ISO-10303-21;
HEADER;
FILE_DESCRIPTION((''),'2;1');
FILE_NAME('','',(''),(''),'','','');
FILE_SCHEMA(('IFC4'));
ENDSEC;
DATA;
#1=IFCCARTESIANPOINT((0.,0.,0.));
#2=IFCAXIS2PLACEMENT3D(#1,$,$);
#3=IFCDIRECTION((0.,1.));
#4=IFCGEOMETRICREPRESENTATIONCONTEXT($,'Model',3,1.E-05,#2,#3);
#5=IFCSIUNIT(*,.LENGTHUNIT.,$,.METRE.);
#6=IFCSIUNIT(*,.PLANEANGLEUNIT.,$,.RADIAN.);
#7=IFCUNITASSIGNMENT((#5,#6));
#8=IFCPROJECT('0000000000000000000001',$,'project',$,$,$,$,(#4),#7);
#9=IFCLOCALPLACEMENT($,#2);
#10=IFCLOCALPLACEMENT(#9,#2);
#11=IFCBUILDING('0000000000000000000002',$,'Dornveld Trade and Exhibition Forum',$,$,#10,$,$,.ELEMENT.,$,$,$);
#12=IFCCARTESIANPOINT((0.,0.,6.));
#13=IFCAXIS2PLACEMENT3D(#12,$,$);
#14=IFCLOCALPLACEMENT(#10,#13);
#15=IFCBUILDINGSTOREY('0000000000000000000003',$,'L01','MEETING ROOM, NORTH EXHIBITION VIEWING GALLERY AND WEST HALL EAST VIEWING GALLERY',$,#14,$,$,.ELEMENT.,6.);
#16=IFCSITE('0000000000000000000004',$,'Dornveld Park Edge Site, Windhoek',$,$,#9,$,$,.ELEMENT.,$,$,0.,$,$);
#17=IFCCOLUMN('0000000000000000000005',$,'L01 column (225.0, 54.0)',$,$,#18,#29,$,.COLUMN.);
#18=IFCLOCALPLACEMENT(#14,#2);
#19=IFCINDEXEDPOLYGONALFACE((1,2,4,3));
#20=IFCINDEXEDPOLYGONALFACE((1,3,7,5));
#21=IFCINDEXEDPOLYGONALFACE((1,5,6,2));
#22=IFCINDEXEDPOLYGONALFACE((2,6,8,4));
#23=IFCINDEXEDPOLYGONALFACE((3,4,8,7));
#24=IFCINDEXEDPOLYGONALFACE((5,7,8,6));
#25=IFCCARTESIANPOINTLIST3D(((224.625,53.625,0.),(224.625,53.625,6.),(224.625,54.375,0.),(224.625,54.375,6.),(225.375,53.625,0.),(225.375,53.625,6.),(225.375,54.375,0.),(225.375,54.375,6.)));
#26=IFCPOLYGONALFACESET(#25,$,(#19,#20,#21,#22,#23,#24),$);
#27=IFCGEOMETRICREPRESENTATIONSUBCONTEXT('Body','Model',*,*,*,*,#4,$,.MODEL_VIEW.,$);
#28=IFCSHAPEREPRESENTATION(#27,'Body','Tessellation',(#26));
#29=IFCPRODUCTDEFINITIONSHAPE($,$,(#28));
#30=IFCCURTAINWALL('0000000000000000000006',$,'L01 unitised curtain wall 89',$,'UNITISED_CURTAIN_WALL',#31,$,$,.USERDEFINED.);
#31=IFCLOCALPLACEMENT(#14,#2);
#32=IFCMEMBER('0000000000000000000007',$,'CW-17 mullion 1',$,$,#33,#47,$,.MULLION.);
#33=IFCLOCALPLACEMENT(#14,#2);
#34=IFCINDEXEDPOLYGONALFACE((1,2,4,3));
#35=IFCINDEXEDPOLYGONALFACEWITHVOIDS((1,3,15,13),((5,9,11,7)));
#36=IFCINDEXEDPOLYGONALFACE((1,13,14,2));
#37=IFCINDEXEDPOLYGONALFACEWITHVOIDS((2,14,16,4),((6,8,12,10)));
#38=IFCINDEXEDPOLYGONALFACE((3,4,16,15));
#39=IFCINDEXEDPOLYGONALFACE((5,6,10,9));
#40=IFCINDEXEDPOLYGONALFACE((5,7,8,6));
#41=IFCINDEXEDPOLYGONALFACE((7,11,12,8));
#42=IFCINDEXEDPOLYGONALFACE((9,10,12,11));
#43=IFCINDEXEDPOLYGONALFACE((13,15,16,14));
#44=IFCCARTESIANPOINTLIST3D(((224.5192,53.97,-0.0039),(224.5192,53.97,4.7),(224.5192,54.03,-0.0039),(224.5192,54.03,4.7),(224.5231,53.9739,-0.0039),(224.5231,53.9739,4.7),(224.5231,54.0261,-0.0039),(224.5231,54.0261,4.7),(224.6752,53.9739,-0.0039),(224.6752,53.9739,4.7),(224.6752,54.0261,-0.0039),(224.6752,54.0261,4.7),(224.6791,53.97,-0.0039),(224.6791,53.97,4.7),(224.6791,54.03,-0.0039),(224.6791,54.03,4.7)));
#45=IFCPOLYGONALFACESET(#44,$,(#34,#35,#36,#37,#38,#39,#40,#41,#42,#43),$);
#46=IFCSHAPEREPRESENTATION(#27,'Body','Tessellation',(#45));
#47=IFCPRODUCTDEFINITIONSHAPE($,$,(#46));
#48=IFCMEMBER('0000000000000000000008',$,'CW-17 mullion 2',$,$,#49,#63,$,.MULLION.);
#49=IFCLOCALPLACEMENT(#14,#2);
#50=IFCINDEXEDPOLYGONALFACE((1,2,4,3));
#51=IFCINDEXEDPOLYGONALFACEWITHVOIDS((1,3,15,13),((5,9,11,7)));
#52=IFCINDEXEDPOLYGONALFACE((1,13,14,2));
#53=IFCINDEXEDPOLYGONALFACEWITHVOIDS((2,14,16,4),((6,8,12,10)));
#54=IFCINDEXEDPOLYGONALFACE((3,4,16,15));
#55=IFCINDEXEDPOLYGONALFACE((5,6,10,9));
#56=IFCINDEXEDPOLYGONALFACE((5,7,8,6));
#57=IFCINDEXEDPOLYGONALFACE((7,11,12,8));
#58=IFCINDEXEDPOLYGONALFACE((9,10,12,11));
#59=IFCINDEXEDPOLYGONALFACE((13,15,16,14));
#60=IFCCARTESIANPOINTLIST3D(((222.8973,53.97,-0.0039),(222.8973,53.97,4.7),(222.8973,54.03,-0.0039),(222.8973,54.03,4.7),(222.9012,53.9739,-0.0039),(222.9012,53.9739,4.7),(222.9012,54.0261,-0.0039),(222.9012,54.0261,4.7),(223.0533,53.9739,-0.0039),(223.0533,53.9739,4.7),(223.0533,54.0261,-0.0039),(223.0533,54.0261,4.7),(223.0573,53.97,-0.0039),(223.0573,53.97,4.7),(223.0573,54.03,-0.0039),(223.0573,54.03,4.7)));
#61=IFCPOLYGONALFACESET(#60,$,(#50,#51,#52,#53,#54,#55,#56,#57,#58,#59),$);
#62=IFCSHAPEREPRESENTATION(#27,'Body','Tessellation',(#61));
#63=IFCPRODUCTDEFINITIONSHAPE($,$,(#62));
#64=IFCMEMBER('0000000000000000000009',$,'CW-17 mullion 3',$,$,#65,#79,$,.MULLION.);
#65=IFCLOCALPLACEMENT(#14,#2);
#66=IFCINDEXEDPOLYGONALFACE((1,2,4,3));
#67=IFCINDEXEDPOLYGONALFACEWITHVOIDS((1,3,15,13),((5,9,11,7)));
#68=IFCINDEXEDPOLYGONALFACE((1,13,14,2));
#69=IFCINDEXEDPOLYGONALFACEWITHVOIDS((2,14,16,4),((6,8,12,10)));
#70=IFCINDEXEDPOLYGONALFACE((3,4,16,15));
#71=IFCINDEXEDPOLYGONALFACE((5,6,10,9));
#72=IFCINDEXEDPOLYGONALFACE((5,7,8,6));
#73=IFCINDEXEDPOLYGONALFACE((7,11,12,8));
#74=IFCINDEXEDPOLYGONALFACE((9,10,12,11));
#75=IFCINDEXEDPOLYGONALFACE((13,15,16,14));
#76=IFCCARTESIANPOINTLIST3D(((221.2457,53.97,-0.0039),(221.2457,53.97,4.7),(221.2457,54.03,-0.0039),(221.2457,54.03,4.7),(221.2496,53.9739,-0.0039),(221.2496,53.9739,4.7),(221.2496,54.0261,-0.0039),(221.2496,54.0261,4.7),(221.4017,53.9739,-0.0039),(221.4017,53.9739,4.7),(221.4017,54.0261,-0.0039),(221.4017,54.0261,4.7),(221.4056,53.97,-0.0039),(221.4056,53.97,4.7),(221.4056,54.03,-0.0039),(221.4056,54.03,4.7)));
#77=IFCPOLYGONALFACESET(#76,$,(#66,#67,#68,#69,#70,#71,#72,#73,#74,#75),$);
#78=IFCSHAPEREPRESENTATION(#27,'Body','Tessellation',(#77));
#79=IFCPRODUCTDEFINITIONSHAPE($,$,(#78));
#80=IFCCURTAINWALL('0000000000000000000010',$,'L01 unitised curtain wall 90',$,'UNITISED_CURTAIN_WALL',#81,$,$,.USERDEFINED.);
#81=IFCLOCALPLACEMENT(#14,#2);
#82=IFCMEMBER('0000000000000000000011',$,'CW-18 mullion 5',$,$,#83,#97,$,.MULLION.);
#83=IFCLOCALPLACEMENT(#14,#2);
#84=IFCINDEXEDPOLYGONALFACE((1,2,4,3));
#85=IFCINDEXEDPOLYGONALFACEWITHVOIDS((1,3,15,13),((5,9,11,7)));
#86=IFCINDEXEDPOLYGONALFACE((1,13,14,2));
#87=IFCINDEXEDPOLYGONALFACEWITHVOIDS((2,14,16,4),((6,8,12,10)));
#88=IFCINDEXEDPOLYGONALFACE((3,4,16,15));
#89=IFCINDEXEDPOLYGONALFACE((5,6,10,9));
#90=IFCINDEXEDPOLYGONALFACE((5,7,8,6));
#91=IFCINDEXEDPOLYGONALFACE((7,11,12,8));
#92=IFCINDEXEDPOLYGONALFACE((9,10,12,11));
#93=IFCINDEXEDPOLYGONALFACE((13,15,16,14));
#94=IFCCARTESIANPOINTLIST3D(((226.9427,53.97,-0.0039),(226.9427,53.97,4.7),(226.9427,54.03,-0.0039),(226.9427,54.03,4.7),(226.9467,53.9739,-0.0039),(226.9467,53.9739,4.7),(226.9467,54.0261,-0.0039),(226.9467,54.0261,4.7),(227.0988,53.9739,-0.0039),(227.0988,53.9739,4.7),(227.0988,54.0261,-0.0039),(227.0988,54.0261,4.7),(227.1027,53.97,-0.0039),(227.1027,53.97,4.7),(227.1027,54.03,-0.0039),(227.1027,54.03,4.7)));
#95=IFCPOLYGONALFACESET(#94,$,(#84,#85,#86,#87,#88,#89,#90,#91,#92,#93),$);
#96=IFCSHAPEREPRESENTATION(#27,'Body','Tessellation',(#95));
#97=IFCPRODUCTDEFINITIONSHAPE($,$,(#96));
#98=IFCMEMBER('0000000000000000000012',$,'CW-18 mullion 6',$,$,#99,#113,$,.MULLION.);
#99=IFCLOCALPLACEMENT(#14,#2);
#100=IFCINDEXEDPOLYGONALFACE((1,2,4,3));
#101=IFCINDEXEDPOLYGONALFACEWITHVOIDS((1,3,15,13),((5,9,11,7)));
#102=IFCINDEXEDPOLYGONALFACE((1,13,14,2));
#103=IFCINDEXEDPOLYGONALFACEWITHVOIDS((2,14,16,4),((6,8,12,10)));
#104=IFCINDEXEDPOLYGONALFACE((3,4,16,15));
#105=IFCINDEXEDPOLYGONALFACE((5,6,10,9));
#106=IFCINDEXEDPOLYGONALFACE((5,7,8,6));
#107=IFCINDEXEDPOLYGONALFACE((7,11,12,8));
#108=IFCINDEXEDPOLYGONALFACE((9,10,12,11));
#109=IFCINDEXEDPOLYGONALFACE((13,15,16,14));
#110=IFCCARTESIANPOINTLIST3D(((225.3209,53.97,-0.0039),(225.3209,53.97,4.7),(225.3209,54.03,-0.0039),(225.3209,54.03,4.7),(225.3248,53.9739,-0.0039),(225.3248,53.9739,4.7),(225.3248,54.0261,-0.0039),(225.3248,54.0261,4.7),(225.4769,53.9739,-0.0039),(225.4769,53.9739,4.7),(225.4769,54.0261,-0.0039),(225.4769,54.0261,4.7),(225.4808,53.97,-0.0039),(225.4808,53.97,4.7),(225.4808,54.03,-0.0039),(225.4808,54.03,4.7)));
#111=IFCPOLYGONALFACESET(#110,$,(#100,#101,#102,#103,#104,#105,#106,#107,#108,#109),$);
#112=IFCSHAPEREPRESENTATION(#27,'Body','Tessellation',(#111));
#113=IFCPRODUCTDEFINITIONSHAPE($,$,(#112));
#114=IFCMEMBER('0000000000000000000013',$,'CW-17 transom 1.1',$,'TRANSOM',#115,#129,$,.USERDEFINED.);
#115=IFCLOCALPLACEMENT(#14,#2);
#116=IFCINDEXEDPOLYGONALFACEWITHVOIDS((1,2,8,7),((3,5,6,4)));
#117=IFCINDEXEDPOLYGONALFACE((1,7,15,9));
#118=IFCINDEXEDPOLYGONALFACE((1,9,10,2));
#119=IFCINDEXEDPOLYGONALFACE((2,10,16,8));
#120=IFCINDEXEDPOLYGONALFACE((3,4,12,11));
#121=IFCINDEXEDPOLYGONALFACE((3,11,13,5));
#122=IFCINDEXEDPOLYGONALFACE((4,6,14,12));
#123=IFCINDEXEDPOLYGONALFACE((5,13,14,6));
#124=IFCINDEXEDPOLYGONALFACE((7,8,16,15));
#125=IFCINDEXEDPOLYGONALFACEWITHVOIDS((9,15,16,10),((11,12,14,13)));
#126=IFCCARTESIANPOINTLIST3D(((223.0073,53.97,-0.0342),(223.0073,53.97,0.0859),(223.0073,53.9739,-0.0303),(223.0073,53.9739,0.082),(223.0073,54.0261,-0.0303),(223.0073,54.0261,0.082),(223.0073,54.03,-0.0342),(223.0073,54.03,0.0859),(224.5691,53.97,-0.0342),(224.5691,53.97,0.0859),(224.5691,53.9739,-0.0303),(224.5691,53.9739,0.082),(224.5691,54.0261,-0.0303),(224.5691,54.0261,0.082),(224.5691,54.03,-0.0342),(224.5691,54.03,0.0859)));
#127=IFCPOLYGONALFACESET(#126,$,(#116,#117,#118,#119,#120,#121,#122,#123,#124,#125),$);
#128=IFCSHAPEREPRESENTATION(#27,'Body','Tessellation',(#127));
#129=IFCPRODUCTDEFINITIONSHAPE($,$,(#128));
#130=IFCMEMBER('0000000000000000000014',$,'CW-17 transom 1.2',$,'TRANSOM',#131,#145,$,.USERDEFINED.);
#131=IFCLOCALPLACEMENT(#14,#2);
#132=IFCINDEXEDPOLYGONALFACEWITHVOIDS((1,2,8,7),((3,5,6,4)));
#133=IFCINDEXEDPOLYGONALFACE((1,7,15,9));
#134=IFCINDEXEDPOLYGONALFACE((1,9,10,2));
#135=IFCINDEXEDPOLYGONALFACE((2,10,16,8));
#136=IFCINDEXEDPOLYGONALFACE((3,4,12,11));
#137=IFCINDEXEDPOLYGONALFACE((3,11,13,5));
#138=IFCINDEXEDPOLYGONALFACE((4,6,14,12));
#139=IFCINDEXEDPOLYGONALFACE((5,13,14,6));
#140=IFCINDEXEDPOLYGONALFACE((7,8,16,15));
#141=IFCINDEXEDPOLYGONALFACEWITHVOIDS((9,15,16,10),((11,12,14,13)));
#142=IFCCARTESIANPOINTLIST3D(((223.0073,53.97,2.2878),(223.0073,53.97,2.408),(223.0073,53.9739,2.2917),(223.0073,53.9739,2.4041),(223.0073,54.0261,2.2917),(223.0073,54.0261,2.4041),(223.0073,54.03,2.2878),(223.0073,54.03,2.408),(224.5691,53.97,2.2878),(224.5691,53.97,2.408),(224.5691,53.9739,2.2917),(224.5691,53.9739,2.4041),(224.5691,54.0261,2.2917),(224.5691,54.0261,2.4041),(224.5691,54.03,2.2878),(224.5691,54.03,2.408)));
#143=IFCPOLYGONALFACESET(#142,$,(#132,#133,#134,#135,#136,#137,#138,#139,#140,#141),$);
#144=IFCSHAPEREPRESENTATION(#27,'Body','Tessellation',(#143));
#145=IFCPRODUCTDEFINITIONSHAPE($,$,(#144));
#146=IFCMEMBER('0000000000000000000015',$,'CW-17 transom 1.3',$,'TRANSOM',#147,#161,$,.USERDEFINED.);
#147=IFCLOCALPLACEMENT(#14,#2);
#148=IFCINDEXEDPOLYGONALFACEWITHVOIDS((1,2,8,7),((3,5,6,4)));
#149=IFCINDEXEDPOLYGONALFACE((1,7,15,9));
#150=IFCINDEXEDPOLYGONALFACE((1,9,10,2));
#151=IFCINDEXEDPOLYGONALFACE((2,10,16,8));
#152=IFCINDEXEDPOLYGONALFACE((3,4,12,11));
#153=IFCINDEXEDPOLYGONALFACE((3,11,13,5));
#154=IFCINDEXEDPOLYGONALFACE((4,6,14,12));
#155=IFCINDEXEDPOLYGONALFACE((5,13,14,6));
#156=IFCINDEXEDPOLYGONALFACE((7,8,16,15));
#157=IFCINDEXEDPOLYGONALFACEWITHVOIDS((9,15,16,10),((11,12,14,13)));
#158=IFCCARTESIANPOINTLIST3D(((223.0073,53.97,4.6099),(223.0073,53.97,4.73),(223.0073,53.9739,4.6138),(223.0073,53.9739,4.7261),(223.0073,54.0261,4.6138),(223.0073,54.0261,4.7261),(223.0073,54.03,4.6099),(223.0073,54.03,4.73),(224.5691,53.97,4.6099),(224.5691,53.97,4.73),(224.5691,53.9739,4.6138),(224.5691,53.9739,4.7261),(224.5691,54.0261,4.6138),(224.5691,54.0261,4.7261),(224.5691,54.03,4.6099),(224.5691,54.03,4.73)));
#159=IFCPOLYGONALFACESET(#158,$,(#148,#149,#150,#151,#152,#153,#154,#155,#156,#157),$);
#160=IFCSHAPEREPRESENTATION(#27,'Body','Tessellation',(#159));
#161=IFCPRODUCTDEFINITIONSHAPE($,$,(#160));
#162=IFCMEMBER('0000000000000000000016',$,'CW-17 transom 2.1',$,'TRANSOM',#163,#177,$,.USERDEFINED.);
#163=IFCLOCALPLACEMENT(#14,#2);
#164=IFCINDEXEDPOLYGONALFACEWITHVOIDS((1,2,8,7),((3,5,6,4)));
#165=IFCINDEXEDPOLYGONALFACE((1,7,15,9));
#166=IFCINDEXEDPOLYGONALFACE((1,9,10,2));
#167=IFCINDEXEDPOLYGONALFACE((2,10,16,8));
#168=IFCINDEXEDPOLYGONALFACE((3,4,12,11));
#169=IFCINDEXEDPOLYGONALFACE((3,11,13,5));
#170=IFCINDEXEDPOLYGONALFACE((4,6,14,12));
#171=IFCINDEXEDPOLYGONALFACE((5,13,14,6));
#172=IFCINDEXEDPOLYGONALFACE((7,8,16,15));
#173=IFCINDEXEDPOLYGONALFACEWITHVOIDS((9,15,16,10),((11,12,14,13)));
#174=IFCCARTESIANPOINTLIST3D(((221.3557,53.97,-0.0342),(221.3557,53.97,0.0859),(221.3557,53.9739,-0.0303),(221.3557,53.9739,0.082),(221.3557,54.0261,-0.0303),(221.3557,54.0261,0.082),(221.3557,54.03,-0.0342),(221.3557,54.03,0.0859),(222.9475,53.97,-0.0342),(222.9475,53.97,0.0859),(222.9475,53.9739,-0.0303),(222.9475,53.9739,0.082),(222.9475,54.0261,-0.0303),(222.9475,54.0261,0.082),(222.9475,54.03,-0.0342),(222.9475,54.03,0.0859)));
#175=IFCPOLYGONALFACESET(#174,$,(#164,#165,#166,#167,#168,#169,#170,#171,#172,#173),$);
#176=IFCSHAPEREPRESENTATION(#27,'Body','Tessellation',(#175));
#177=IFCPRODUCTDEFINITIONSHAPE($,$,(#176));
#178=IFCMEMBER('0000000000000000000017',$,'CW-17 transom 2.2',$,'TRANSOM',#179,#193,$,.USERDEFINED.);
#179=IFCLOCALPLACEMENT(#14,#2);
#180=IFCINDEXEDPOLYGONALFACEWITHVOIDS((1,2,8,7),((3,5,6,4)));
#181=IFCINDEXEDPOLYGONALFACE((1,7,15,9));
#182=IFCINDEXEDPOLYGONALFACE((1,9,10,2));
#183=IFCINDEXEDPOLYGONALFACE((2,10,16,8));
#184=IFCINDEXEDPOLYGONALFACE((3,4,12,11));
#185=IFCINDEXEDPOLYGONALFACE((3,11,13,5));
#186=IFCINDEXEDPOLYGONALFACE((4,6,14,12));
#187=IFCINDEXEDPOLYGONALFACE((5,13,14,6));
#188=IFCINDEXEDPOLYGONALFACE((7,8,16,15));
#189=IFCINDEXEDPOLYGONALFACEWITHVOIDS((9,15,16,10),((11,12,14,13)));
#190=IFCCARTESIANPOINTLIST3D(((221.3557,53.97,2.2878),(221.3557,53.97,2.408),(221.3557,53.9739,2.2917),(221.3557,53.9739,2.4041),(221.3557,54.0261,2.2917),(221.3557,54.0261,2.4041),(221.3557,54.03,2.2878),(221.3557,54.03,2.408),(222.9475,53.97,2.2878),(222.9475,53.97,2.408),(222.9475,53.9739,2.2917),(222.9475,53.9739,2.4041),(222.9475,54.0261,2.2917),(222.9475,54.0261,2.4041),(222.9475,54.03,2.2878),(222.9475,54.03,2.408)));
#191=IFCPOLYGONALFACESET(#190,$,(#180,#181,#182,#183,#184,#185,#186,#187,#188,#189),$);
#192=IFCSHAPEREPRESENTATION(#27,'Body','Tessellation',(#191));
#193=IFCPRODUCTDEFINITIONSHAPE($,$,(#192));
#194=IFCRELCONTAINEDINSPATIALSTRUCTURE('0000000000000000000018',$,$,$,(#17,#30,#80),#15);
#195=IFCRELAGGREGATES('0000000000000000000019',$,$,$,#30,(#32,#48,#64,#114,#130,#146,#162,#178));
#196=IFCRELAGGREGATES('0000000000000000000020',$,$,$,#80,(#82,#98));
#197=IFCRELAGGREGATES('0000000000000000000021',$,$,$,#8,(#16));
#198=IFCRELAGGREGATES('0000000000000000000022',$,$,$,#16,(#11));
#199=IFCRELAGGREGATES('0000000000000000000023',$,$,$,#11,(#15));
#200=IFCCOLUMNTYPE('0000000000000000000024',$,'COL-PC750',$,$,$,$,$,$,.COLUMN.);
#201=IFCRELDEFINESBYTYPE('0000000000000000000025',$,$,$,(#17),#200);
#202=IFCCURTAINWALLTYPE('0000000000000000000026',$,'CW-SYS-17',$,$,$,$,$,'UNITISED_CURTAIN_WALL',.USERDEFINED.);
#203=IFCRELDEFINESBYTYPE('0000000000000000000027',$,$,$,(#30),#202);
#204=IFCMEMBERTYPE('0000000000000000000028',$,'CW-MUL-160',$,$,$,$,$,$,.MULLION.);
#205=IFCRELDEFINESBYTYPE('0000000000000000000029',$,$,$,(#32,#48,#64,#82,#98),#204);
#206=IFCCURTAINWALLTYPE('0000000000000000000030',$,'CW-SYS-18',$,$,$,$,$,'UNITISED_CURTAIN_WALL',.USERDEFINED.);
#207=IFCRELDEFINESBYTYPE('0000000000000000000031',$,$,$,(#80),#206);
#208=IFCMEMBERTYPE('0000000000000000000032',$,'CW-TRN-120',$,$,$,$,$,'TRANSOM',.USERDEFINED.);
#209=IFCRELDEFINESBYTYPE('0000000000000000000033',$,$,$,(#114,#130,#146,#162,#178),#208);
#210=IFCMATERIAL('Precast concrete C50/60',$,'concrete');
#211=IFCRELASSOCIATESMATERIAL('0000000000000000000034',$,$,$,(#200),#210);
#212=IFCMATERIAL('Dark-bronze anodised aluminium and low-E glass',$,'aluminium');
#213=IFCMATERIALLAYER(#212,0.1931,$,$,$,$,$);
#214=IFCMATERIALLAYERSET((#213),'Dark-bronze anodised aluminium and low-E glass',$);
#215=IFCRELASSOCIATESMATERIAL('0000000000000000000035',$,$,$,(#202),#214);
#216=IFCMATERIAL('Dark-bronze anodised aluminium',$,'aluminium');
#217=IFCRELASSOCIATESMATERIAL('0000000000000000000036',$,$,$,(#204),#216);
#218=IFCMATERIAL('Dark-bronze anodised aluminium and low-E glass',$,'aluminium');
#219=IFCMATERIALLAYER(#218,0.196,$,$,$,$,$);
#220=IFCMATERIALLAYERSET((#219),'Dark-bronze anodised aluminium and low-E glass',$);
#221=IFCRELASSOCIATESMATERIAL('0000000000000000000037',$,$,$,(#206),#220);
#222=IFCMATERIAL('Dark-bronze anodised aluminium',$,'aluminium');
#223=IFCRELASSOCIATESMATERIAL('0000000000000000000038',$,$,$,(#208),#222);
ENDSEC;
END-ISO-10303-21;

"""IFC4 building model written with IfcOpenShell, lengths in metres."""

from ifc_helpers import new_model, si_unit, direction, frame, origin, origin_2d, place, context, subcontext, project, spatial, rectangle, hollow_rectangle, extrude, material, layer, layer_set, material_profile, profile_set, type_object, element, aggregate, save


model = new_model("IFC4")

# Units and contexts
model_context = context("Model", 3, precision=1e-05, world=origin(), true_north=direction((0.0, 1.0)))
body_context = subcontext(model_context, "Body", "Model", "MODEL_VIEW")
ifc_project = project(units=[si_unit("LENGTHUNIT", "METRE"), si_unit("PLANEANGLEUNIT", "RADIAN")], contexts=[model_context])

# Site, building, storey
site_placement = place(None, origin())
site = spatial("IfcSite", under=ifc_project, at=site_placement, Name="Dornveld Park Edge Site, Windhoek", CompositionType="ELEMENT", RefElevation=0.0)
building_placement = place(site_placement, origin())
building = spatial("IfcBuilding", under=site, at=building_placement, Name="Dornveld Trade and Exhibition Forum", CompositionType="ELEMENT")
storey_placement = place(building_placement, frame((0.0, 0.0, 6.0)))
storey = spatial("IfcBuildingStorey", under=building, at=storey_placement, Name="L01", Description="MEETING ROOM, NORTH EXHIBITION VIEWING GALLERY AND WEST HALL EAST VIEWING GALLERY", CompositionType="ELEMENT", Elevation=6.0)

# Column
ifc_material_1 = material(Name="Precast concrete C50/60", Category="concrete")
ifc_material_profile_1 = material_profile(ifc_material_1, rectangle(XDim=0.75, YDim=0.75, at=origin_2d()), Name="PC-COL 750x750")
ifc_profile_set_1 = profile_set([ifc_material_profile_1], Name="Precast concrete C50/60")
column_type = type_object("IfcColumnType", Name="COL-PC750", PredefinedType="COLUMN", material=ifc_profile_set_1)
column_placement = place(storey_placement, frame((225.0, 54.0, 0.0), z_axis=(0.0, 0.0, 1.0), x_axis=(1.0, 0.0, 0.0)))
element("IfcColumn", 1, at=column_placement, inside=storey, type_object=column_type, Name="L01 column (225.0, 54.0)", PredefinedType="COLUMN", context=body_context, shape_type="SweptSolid", body=[
    extrude(rectangle(XDim=0.75, YDim=0.75, at=origin_2d()), origin(), (0.0, 0.0, 1.0), 6.0),
])

# Curtain walls, members
ifc_material_2 = material(Name="Dark-bronze anodised aluminium and low-E glass", Category="aluminium")
ifc_layer_1 = layer(ifc_material_2, 0.1931)
ifc_layer_set_1 = layer_set([ifc_layer_1], Name="Dark-bronze anodised aluminium and low-E glass")
curtain_wall_type_1 = type_object("IfcCurtainWallType", Name="CW-SYS-17", ElementType="UNITISED_CURTAIN_WALL", PredefinedType="USERDEFINED", material=ifc_layer_set_1)
curtain_wall_1_placement = place(storey_placement, origin())
curtain_wall_1 = element("IfcCurtainWall", 2, at=curtain_wall_1_placement, inside=storey, type_object=curtain_wall_type_1, Name="L01 unitised curtain wall 89", ObjectType="UNITISED_CURTAIN_WALL", PredefinedType="USERDEFINED")
ifc_material_3 = material(Name="Dark-bronze anodised aluminium", Category="aluminium")
ifc_material_profile_2 = material_profile(ifc_material_3, hollow_rectangle(XDim=0.0601, YDim=0.1599, WallThickness=0.0039, at=origin_2d()), Name="RHS 160x60x4")
ifc_profile_set_2 = profile_set([ifc_material_profile_2], Name="Dark-bronze anodised aluminium")
member_type_1 = type_object("IfcMemberType", Name="CW-MUL-160", PredefinedType="MULLION", material=ifc_profile_set_2)
member_1_placement = place(storey_placement, frame((224.5991, 54.0, -0.0039), z_axis=(0.0, 0.0, 1.0), x_axis=(0.0, -1.0, 0.0)))
member_1 = element("IfcMember", 3, at=member_1_placement, type_object=member_type_1, Name="CW-17 mullion 1", PredefinedType="MULLION", context=body_context, shape_type="SweptSolid", body=[
    extrude(hollow_rectangle(XDim=0.0601, YDim=0.1599, WallThickness=0.0039, at=origin_2d()), origin(), (0.0, 0.0, 1.0), 4.7039),
])
member_2_placement = place(storey_placement, frame((222.9773, 54.0, -0.0039), z_axis=(0.0, 0.0, 1.0), x_axis=(0.0, -1.0, 0.0)))
member_2 = element("IfcMember", 4, at=member_2_placement, type_object=member_type_1, Name="CW-17 mullion 2", PredefinedType="MULLION", context=body_context, shape_type="SweptSolid", body=[
    extrude(hollow_rectangle(XDim=0.0601, YDim=0.1599, WallThickness=0.0039, at=origin_2d()), origin(), (0.0, 0.0, 1.0), 4.7039),
])
member_3_placement = place(storey_placement, frame((221.3257, 54.0, -0.0039), z_axis=(0.0, 0.0, 1.0), x_axis=(0.0, -1.0, 0.0)))
member_3 = element("IfcMember", 5, at=member_3_placement, type_object=member_type_1, Name="CW-17 mullion 3", PredefinedType="MULLION", context=body_context, shape_type="SweptSolid", body=[
    extrude(hollow_rectangle(XDim=0.0601, YDim=0.1599, WallThickness=0.0039, at=origin_2d()), origin(), (0.0, 0.0, 1.0), 4.7039),
])
ifc_material_4 = material(Name="Dark-bronze anodised aluminium and low-E glass", Category="aluminium")
ifc_layer_2 = layer(ifc_material_4, 0.196)
ifc_layer_set_2 = layer_set([ifc_layer_2], Name="Dark-bronze anodised aluminium and low-E glass")
curtain_wall_type_2 = type_object("IfcCurtainWallType", Name="CW-SYS-18", ElementType="UNITISED_CURTAIN_WALL", PredefinedType="USERDEFINED", material=ifc_layer_set_2)
curtain_wall_2_placement = place(storey_placement, origin())
curtain_wall_2 = element("IfcCurtainWall", 6, at=curtain_wall_2_placement, inside=storey, type_object=curtain_wall_type_2, Name="L01 unitised curtain wall 90", ObjectType="UNITISED_CURTAIN_WALL", PredefinedType="USERDEFINED")
member_4_placement = place(storey_placement, frame((227.0227, 54.0, -0.0039), z_axis=(0.0, 0.0, 1.0), x_axis=(0.0, -1.0, 0.0)))
member_4 = element("IfcMember", 7, at=member_4_placement, type_object=member_type_1, Name="CW-18 mullion 5", PredefinedType="MULLION", context=body_context, shape_type="SweptSolid", body=[
    extrude(hollow_rectangle(XDim=0.0601, YDim=0.1599, WallThickness=0.0039, at=origin_2d()), origin(), (0.0, 0.0, 1.0), 4.7039),
])
member_5_placement = place(storey_placement, frame((225.4009, 54.0, -0.0039), z_axis=(0.0, 0.0, 1.0), x_axis=(0.0, -1.0, 0.0)))
member_5 = element("IfcMember", 8, at=member_5_placement, type_object=member_type_1, Name="CW-18 mullion 6", PredefinedType="MULLION", context=body_context, shape_type="SweptSolid", body=[
    extrude(hollow_rectangle(XDim=0.0601, YDim=0.1599, WallThickness=0.0039, at=origin_2d()), origin(), (0.0, 0.0, 1.0), 4.7039),
])

# Members
ifc_material_5 = material(Name="Dark-bronze anodised aluminium", Category="aluminium")
ifc_material_profile_3 = material_profile(ifc_material_5, hollow_rectangle(XDim=0.0601, YDim=0.1201, WallThickness=0.0039, at=origin_2d()), Name="RHS 120x60x4")
ifc_profile_set_3 = profile_set([ifc_material_profile_3], Name="Dark-bronze anodised aluminium")
member_type_2 = type_object("IfcMemberType", Name="CW-TRN-120", ElementType="TRANSOM", PredefinedType="USERDEFINED", material=ifc_profile_set_3)
member_6_placement = place(storey_placement, frame((224.5691, 54.0, 0.0259), z_axis=(-1.0, 0.0, 0.0), x_axis=(0.0, -1.0, 0.0)))
member_6 = element("IfcMember", 9, at=member_6_placement, type_object=member_type_2, Name="CW-17 transom 1.1", ObjectType="TRANSOM", PredefinedType="USERDEFINED", context=body_context, shape_type="SweptSolid", body=[
    extrude(hollow_rectangle(XDim=0.0601, YDim=0.1201, WallThickness=0.0039, at=origin_2d()), origin(), (0.0, 0.0, 1.0), 1.5618),
])
member_7_placement = place(storey_placement, frame((224.5691, 54.0, 2.3479), z_axis=(-1.0, 0.0, 0.0), x_axis=(0.0, -1.0, 0.0)))
member_7 = element("IfcMember", 10, at=member_7_placement, type_object=member_type_2, Name="CW-17 transom 1.2", ObjectType="TRANSOM", PredefinedType="USERDEFINED", context=body_context, shape_type="SweptSolid", body=[
    extrude(hollow_rectangle(XDim=0.0601, YDim=0.1201, WallThickness=0.0039, at=origin_2d()), origin(), (0.0, 0.0, 1.0), 1.5618),
])
member_8_placement = place(storey_placement, frame((224.5691, 54.0, 4.6699), z_axis=(-1.0, 0.0, 0.0), x_axis=(0.0, -1.0, 0.0)))
member_8 = element("IfcMember", 11, at=member_8_placement, type_object=member_type_2, Name="CW-17 transom 1.3", ObjectType="TRANSOM", PredefinedType="USERDEFINED", context=body_context, shape_type="SweptSolid", body=[
    extrude(hollow_rectangle(XDim=0.0601, YDim=0.1201, WallThickness=0.0039, at=origin_2d()), origin(), (0.0, 0.0, 1.0), 1.5618),
])
member_9_placement = place(storey_placement, frame((222.9475, 54.0, 0.0259), z_axis=(-1.0, 0.0, 0.0), x_axis=(0.0, -1.0, 0.0)))
member_9 = element("IfcMember", 12, at=member_9_placement, type_object=member_type_2, Name="CW-17 transom 2.1", ObjectType="TRANSOM", PredefinedType="USERDEFINED", context=body_context, shape_type="SweptSolid", body=[
    extrude(hollow_rectangle(XDim=0.0601, YDim=0.1201, WallThickness=0.0039, at=origin_2d()), origin(), (0.0, 0.0, 1.0), 1.5918),
])
member_10_placement = place(storey_placement, frame((222.9475, 54.0, 2.3479), z_axis=(-1.0, 0.0, 0.0), x_axis=(0.0, -1.0, 0.0)))
member_10 = element("IfcMember", 13, at=member_10_placement, type_object=member_type_2, Name="CW-17 transom 2.2", ObjectType="TRANSOM", PredefinedType="USERDEFINED", context=body_context, shape_type="SweptSolid", body=[
    extrude(hollow_rectangle(XDim=0.0601, YDim=0.1201, WallThickness=0.0039, at=origin_2d()), origin(), (0.0, 0.0, 1.0), 1.5918),
])

aggregate(curtain_wall_1, [member_1, member_2, member_3, member_6, member_7, member_8, member_9, member_10])
aggregate(curtain_wall_2, [member_4, member_5])

save(model, "model.ifc")
